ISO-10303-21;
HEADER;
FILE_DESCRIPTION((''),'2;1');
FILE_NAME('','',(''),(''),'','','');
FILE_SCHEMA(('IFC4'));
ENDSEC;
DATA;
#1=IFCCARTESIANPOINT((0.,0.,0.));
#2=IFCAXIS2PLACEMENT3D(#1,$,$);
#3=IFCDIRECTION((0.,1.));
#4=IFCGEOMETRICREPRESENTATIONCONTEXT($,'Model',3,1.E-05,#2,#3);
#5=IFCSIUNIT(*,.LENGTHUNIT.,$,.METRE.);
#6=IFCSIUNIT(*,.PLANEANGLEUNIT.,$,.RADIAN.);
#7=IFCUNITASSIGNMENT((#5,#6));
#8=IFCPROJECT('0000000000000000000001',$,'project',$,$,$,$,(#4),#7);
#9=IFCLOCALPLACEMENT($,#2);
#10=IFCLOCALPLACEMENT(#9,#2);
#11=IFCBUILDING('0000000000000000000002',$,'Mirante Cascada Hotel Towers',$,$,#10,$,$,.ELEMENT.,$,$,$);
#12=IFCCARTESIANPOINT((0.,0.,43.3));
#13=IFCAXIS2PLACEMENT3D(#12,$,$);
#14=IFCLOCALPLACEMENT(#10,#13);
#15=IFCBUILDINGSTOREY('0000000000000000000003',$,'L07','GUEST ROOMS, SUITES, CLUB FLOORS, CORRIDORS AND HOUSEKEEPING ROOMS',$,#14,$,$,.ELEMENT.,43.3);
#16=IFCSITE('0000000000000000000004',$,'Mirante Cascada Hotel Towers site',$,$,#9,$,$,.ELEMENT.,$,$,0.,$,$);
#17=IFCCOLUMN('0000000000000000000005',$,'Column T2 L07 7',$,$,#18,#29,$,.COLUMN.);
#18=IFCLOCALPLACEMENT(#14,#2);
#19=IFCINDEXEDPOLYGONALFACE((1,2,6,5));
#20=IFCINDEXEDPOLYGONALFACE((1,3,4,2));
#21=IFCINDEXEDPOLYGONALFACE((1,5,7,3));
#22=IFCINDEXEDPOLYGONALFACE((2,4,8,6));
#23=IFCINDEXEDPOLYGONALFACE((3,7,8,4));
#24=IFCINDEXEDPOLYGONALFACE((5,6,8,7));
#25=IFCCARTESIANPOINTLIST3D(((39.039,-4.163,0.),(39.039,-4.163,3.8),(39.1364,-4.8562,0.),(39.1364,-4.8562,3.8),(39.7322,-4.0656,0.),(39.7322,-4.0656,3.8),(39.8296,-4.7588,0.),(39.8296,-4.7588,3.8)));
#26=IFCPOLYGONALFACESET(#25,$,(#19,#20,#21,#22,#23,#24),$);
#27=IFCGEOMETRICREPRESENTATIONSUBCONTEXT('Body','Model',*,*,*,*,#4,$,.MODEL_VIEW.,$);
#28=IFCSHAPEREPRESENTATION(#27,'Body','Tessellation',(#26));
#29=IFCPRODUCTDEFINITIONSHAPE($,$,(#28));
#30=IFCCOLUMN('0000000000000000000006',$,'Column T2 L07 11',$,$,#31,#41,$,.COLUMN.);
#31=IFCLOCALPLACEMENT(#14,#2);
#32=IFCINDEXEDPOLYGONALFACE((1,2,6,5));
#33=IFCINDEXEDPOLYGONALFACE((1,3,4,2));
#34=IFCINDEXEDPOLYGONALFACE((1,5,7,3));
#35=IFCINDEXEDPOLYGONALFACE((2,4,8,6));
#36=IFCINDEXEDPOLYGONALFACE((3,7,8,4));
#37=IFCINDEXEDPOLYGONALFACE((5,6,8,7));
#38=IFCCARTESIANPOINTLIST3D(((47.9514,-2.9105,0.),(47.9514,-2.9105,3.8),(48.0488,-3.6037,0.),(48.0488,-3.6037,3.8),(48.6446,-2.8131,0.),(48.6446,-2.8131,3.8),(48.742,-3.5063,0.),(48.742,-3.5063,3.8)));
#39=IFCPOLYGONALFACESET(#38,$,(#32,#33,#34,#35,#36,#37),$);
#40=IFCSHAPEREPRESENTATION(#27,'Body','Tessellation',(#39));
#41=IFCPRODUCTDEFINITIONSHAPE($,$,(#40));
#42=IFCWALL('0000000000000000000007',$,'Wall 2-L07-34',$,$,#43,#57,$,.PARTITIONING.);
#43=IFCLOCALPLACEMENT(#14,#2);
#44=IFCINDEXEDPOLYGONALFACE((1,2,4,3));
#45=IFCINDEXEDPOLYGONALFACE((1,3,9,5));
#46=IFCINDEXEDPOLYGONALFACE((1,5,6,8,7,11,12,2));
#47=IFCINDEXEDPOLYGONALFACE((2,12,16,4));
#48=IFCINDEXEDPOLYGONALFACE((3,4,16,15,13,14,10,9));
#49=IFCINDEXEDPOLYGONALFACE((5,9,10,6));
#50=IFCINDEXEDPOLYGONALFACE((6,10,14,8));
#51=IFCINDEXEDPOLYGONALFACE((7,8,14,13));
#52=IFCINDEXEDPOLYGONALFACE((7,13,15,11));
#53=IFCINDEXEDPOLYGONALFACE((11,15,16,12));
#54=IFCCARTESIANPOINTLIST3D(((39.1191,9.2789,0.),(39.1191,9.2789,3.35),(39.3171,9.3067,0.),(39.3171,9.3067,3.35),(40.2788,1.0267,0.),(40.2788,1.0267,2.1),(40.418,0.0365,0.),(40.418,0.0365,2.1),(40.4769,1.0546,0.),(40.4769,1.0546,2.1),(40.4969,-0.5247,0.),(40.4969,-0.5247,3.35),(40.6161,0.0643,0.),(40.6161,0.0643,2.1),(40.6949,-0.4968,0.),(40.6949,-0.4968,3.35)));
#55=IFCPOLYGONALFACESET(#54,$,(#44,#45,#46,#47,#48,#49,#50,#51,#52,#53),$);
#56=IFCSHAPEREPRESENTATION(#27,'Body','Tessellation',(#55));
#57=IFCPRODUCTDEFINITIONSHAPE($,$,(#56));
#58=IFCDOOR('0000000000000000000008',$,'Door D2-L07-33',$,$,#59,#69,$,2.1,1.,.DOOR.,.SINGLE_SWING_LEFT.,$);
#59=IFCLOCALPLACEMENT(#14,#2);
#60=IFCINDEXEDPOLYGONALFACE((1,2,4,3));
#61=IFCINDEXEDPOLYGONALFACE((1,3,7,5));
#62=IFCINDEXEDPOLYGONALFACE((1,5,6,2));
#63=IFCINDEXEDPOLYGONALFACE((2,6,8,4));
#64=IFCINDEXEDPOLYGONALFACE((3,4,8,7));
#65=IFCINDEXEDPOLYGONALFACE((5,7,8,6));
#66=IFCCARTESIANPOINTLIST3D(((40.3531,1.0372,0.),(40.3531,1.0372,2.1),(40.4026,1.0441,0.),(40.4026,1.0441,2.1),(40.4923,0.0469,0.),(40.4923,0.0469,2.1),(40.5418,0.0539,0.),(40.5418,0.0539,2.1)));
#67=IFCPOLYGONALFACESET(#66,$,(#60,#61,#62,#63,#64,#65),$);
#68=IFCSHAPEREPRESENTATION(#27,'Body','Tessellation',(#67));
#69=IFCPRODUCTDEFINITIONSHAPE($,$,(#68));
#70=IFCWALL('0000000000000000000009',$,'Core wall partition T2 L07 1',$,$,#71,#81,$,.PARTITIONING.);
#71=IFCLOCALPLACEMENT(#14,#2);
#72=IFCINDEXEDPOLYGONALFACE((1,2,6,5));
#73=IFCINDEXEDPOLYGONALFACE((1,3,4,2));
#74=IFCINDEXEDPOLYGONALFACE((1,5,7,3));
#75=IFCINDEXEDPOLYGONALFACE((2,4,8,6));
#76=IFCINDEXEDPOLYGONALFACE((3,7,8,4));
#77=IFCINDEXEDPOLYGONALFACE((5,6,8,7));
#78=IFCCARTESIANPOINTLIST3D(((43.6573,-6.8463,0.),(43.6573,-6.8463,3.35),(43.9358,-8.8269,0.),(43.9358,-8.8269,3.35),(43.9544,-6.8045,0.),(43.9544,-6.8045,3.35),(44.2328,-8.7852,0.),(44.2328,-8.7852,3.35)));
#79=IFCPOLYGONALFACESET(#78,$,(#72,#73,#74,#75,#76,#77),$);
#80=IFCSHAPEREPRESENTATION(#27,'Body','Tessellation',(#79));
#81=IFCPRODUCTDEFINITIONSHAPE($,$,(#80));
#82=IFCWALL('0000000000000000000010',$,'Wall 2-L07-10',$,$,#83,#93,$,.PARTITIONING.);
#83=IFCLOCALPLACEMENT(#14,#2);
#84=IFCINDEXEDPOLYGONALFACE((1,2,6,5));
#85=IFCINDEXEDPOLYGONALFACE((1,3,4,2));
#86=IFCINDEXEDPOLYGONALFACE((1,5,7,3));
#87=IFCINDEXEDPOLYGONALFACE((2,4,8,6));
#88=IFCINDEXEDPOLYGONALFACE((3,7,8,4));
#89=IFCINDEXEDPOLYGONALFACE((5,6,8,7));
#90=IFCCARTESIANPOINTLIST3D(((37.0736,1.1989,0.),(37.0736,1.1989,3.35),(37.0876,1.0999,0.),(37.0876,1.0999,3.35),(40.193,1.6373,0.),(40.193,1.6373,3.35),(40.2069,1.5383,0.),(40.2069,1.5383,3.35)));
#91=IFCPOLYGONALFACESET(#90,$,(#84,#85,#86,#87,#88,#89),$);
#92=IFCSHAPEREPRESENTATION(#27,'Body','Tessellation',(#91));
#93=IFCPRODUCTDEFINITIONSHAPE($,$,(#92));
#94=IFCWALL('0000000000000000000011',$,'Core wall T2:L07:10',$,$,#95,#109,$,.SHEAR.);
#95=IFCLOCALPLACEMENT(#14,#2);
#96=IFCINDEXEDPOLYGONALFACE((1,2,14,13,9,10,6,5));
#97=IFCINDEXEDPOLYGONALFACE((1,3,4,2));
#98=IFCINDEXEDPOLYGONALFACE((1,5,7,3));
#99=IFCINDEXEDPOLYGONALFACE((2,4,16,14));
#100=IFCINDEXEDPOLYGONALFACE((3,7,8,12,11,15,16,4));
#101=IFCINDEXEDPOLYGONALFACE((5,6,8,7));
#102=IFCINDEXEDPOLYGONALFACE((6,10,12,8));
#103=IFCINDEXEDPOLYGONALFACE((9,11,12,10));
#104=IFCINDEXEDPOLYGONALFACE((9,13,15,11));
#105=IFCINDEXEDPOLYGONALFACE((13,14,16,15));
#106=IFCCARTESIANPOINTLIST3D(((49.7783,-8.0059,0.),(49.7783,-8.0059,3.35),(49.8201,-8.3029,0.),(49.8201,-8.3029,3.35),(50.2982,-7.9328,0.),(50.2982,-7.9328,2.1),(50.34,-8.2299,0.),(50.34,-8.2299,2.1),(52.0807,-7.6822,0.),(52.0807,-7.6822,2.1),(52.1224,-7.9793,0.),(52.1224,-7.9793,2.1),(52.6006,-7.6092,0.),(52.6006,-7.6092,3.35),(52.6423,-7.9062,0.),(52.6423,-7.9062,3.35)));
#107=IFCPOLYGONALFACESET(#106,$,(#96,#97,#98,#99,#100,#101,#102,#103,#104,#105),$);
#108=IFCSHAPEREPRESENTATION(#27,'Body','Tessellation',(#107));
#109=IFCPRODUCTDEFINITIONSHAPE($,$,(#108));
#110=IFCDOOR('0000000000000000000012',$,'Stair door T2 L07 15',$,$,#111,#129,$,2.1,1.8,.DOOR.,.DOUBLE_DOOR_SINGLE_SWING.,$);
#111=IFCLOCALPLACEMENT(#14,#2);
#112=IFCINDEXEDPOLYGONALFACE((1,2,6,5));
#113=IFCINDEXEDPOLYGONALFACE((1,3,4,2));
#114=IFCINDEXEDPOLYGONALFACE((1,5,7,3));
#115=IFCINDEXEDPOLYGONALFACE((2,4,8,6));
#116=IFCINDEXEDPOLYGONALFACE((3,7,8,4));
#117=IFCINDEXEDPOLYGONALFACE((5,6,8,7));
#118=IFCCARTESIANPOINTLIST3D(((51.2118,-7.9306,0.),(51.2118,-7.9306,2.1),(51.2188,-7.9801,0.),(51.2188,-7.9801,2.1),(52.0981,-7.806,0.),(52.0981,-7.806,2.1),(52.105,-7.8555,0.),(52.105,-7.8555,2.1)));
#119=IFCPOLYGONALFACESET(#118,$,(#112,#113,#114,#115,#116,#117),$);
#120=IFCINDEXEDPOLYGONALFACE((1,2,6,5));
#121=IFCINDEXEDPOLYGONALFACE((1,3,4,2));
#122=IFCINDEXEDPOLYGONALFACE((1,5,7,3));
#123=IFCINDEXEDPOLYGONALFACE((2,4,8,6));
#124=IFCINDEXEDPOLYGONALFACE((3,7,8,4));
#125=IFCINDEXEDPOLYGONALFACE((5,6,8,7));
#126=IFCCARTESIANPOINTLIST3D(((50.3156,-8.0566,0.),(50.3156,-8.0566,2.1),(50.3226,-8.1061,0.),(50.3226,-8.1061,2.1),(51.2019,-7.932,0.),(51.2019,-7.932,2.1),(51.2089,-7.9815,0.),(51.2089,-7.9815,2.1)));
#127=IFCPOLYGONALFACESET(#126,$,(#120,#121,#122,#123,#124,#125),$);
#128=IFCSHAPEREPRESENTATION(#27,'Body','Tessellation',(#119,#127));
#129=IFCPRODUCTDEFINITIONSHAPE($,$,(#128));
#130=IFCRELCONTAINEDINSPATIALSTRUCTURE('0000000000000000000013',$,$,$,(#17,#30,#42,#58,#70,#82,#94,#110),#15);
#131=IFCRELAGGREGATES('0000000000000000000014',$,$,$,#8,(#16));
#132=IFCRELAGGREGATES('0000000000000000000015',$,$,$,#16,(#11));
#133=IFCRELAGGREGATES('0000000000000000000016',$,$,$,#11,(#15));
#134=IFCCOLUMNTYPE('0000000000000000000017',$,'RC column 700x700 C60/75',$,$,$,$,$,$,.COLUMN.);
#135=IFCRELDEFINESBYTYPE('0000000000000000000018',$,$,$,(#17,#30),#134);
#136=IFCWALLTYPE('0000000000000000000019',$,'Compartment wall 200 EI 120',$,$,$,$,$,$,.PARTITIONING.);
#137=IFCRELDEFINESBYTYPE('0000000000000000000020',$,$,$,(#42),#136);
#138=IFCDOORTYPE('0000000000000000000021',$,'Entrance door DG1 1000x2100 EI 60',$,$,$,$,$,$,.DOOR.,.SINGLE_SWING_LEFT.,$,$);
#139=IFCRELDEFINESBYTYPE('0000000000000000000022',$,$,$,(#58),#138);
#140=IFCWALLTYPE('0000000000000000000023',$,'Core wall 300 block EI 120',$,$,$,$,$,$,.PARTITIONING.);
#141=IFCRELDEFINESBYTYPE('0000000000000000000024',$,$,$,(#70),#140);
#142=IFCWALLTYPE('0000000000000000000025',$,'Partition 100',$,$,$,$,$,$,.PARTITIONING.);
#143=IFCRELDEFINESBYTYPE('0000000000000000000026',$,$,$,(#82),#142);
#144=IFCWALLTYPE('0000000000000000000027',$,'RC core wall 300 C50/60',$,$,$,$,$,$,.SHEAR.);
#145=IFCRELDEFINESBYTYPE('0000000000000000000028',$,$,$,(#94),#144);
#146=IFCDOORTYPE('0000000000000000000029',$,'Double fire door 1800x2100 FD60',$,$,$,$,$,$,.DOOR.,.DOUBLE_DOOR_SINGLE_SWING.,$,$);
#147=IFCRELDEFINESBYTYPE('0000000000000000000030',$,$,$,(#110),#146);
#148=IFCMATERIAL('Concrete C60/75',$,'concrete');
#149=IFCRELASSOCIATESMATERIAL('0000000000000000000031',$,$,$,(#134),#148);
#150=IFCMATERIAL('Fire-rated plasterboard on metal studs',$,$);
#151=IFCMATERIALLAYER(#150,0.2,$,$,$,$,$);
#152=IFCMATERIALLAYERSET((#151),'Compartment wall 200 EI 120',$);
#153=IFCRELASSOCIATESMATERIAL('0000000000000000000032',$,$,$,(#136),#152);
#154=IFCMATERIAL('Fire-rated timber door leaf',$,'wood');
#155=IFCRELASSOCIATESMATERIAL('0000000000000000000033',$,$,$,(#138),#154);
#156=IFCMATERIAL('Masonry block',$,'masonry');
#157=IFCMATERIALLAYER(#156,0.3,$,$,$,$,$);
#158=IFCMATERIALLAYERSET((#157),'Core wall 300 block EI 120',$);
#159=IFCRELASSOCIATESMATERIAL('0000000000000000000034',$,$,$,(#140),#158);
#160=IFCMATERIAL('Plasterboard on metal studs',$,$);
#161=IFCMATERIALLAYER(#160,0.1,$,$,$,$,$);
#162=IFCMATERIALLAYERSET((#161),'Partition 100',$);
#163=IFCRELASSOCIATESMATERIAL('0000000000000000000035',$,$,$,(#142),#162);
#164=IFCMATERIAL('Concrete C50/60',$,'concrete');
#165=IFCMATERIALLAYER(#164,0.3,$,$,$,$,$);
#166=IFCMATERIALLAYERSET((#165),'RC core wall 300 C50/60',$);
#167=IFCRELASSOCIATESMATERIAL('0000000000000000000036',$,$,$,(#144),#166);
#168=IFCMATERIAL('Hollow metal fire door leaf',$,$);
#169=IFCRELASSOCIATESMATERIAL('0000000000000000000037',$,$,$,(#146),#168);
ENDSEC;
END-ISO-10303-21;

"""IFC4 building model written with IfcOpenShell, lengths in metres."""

from ifc_helpers import new_model, si_unit, direction, frame, frame_2d, origin, origin_2d, place, context, subcontext, project, spatial, rectangle, extrude, material, layer, layer_set, material_profile, profile_set, type_object, element, fill, save


model = new_model("IFC4")

# Units and contexts
model_context = context("Model", 3, precision=1e-05, world=origin(), true_north=direction((0.0, 1.0)))
body_context = subcontext(model_context, "Body", "Model", "MODEL_VIEW")
ifc_project = project(units=[si_unit("LENGTHUNIT", "METRE"), si_unit("PLANEANGLEUNIT", "RADIAN")], contexts=[model_context])

# Site, building, storey
site_placement = place(None, origin())
site = spatial("IfcSite", under=ifc_project, at=site_placement, Name="Mirante Cascada Hotel Towers site", CompositionType="ELEMENT", RefElevation=0.0)
building_placement = place(site_placement, origin())
building = spatial("IfcBuilding", under=site, at=building_placement, Name="Mirante Cascada Hotel Towers", CompositionType="ELEMENT")
storey_placement = place(building_placement, frame((0.0, 0.0, 43.3)))
storey = spatial("IfcBuildingStorey", under=building, at=storey_placement, Name="L07", Description="GUEST ROOMS, SUITES, CLUB FLOORS, CORRIDORS AND HOUSEKEEPING ROOMS", CompositionType="ELEMENT", Elevation=43.3)

# Columns
ifc_material_1 = material(Name="Concrete C60/75", Category="concrete")
ifc_material_profile = material_profile(ifc_material_1, rectangle(XDim=0.7, YDim=0.7, at=origin_2d()), Name="RC column 700x700 C60/75")
ifc_profile_set = profile_set([ifc_material_profile], Name="Concrete C60/75")
column_type = type_object("IfcColumnType", Name="RC column 700x700 C60/75", PredefinedType="COLUMN", material=ifc_profile_set)
for number, where, z_axis, x_axis, name in (
    (1, (39.4343, -4.4609, 0.0), (0.0, 0.0, 1.0), (0.990268, 0.139173, 0.0), "Column T2 L07 7"),
    (2, (48.3467, -3.2084, 0.0), (0.0, 0.0, 1.0), (0.990268, 0.139173, 0.0), "Column T2 L07 11"),
):
    element("IfcColumn", number, at=place(storey_placement, frame(where, z_axis=z_axis, x_axis=x_axis)), inside=storey, type_object=column_type, Name=name, PredefinedType="COLUMN", context=body_context, shape_type="SweptSolid", body=[
        extrude(rectangle(XDim=0.7, YDim=0.7, at=origin_2d()), origin(), (0.0, 0.0, 1.0), 3.8),
    ])

# Wall, opening, door
ifc_material_2 = material(Name="Fire-rated plasterboard on metal studs")
ifc_layer_1 = layer(ifc_material_2, 0.2)
ifc_layer_set_1 = layer_set([ifc_layer_1], Name="Compartment wall 200 EI 120")
wall_type_1 = type_object("IfcWallType", Name="Compartment wall 200 EI 120", PredefinedType="PARTITIONING", material=ifc_layer_set_1)
wall_1_placement = place(storey_placement, frame((40.5959, -0.5108, 0.0), z_axis=(0.0, 0.0, 1.0), x_axis=(-0.139173, 0.990268, 0.0)))
wall_1 = element("IfcWall", 3, at=wall_1_placement, inside=storey, type_object=wall_type_1, Name="Wall 2-L07-34", PredefinedType="PARTITIONING", context=body_context, shape_type="SweptSolid", body=[
    extrude(rectangle(XDim=9.8999, YDim=0.2, at=frame_2d((4.95, 0.0))), origin(), (0.0, 0.0, 1.0), 3.35),
])
opening_1_placement = place(wall_1_placement, frame((0.5667, 0.0, 0.0)))
opening_1 = element("IfcOpeningElement", 4, at=opening_1_placement, cuts=wall_1, PredefinedType="OPENING", context=body_context, shape_type="SweptSolid", body=[
    extrude(rectangle(XDim=1.0, YDim=2.1, at=frame_2d((0.5, 1.05))), frame((0.0, 0.1, 0.0), z_axis=(0.0, -1.0, 0.0), x_axis=(1.0, 0.0, 0.0)), (0.0, 0.0, 1.0), 0.2),
])
ifc_material_3 = material(Name="Fire-rated timber door leaf", Category="wood")
door_type_1 = type_object("IfcDoorType", Name="Entrance door DG1 1000x2100 EI 60", OperationType="SINGLE_SWING_LEFT", PredefinedType="DOOR", material=ifc_material_3)
door_1_placement = place(opening_1_placement, origin())
door_1 = element("IfcDoor", 5, at=door_1_placement, inside=storey, type_object=door_type_1, Name="Door D2-L07-33", OperationType="SINGLE_SWING_LEFT", OverallHeight=2.1, OverallWidth=1.0, PredefinedType="DOOR", context=body_context, shape_type="SweptSolid", body=[
    extrude(rectangle(XDim=1.0, YDim=2.1, at=frame_2d((0.5, 1.05))), frame((0.0, 0.025, 0.0), z_axis=(0.0, -1.0, 0.0), x_axis=(1.0, 0.0, 0.0)), (0.0, 0.0, 1.0), 0.05),
])
fill(opening_1, door_1)

# Walls
ifc_material_4 = material(Name="Masonry block", Category="masonry")
ifc_layer_2 = layer(ifc_material_4, 0.3)
ifc_layer_set_2 = layer_set([ifc_layer_2], Name="Core wall 300 block EI 120")
wall_type_2 = type_object("IfcWallType", Name="Core wall 300 block EI 120", PredefinedType="PARTITIONING", material=ifc_layer_set_2)
wall_2_placement = place(storey_placement, frame((44.0843, -8.8061, 0.0), z_axis=(0.0, 0.0, 1.0), x_axis=(-0.139195, 0.990265, 0.0)))
element("IfcWall", 6, at=wall_2_placement, inside=storey, type_object=wall_type_2, Name="Core wall partition T2 L07 1", PredefinedType="PARTITIONING", context=body_context, shape_type="SweptSolid", body=[
    extrude(rectangle(XDim=2.0001, YDim=0.3, at=frame_2d((1.0001, 0.0))), origin(), (0.0, 0.0, 1.0), 3.35),
])
ifc_material_5 = material(Name="Plasterboard on metal studs")
ifc_layer_3 = layer(ifc_material_5, 0.1)
ifc_layer_set_3 = layer_set([ifc_layer_3], Name="Partition 100")
wall_type_3 = type_object("IfcWallType", Name="Partition 100", PredefinedType="PARTITIONING", material=ifc_layer_set_3)
wall_3_placement = place(storey_placement, frame((37.0806, 1.1494, 0.0), z_axis=(0.0, 0.0, 1.0), x_axis=(0.990268, 0.139177, 0.0)))
element("IfcWall", 7, at=wall_3_placement, inside=storey, type_object=wall_type_3, Name="Wall 2-L07-10", PredefinedType="PARTITIONING", context=body_context, shape_type="SweptSolid", body=[
    extrude(rectangle(XDim=3.15, YDim=0.1, at=frame_2d((1.575, 0.0))), origin(), (0.0, 0.0, 1.0), 3.35),
])

# Wall, opening, door
ifc_material_6 = material(Name="Concrete C50/60", Category="concrete")
ifc_layer_4 = layer(ifc_material_6, 0.3)
ifc_layer_set_4 = layer_set([ifc_layer_4], Name="RC core wall 300 C50/60")
wall_type_4 = type_object("IfcWallType", Name="RC core wall 300 C50/60", PredefinedType="SHEAR", material=ifc_layer_set_4)
wall_4_placement = place(storey_placement, frame((49.7992, -8.1544, 0.0), z_axis=(0.0, 0.0, 1.0), x_axis=(0.990266, 0.139191, 0.0)))
wall_4 = element("IfcWall", 8, at=wall_4_placement, inside=storey, type_object=wall_type_4, Name="Core wall T2:L07:10", PredefinedType="SHEAR", context=body_context, shape_type="SweptSolid", body=[
    extrude(rectangle(XDim=2.85, YDim=0.3, at=frame_2d((1.425, 0.0))), origin(), (0.0, 0.0, 1.0), 3.35),
])
opening_2_placement = place(wall_4_placement, frame((0.525, 0.0, 0.0)))
opening_2 = element("IfcOpeningElement", 9, at=opening_2_placement, cuts=wall_4, PredefinedType="OPENING", context=body_context, shape_type="SweptSolid", body=[
    extrude(rectangle(XDim=1.8, YDim=2.1, at=frame_2d((0.9, 1.05))), frame((0.0, 0.15, 0.0), z_axis=(0.0, -1.0, 0.0), x_axis=(1.0, 0.0, 0.0)), (0.0, 0.0, 1.0), 0.3),
])
ifc_material_7 = material(Name="Hollow metal fire door leaf")
door_type_2 = type_object("IfcDoorType", Name="Double fire door 1800x2100 FD60", OperationType="DOUBLE_DOOR_SINGLE_SWING", PredefinedType="DOOR", material=ifc_material_7)
door_2_placement = place(opening_2_placement, frame((1.8, 0.0, 0.0), z_axis=(0.0, 0.0, 1.0), x_axis=(-1.0, 0.0, 0.0)))
door_2 = element("IfcDoor", 10, at=door_2_placement, inside=storey, type_object=door_type_2, Name="Stair door T2 L07 15", OperationType="DOUBLE_DOOR_SINGLE_SWING", OverallHeight=2.1, OverallWidth=1.8, PredefinedType="DOOR", context=body_context, shape_type="SweptSolid", body=[
    extrude(rectangle(XDim=0.895, YDim=2.1, at=frame_2d((0.4475, 1.05))), frame((0.0, 0.025, 0.0), z_axis=(0.0, -1.0, 0.0), x_axis=(1.0, 0.0, 0.0)), (0.0, 0.0, 1.0), 0.05),
    extrude(rectangle(XDim=0.895, YDim=2.1, at=frame_2d((1.3525, 1.05))), frame((0.0, 0.025, 0.0), z_axis=(0.0, -1.0, 0.0), x_axis=(1.0, 0.0, 0.0)), (0.0, 0.0, 1.0), 0.05),
])
fill(opening_2, door_2)

save(model, "model.ifc")
